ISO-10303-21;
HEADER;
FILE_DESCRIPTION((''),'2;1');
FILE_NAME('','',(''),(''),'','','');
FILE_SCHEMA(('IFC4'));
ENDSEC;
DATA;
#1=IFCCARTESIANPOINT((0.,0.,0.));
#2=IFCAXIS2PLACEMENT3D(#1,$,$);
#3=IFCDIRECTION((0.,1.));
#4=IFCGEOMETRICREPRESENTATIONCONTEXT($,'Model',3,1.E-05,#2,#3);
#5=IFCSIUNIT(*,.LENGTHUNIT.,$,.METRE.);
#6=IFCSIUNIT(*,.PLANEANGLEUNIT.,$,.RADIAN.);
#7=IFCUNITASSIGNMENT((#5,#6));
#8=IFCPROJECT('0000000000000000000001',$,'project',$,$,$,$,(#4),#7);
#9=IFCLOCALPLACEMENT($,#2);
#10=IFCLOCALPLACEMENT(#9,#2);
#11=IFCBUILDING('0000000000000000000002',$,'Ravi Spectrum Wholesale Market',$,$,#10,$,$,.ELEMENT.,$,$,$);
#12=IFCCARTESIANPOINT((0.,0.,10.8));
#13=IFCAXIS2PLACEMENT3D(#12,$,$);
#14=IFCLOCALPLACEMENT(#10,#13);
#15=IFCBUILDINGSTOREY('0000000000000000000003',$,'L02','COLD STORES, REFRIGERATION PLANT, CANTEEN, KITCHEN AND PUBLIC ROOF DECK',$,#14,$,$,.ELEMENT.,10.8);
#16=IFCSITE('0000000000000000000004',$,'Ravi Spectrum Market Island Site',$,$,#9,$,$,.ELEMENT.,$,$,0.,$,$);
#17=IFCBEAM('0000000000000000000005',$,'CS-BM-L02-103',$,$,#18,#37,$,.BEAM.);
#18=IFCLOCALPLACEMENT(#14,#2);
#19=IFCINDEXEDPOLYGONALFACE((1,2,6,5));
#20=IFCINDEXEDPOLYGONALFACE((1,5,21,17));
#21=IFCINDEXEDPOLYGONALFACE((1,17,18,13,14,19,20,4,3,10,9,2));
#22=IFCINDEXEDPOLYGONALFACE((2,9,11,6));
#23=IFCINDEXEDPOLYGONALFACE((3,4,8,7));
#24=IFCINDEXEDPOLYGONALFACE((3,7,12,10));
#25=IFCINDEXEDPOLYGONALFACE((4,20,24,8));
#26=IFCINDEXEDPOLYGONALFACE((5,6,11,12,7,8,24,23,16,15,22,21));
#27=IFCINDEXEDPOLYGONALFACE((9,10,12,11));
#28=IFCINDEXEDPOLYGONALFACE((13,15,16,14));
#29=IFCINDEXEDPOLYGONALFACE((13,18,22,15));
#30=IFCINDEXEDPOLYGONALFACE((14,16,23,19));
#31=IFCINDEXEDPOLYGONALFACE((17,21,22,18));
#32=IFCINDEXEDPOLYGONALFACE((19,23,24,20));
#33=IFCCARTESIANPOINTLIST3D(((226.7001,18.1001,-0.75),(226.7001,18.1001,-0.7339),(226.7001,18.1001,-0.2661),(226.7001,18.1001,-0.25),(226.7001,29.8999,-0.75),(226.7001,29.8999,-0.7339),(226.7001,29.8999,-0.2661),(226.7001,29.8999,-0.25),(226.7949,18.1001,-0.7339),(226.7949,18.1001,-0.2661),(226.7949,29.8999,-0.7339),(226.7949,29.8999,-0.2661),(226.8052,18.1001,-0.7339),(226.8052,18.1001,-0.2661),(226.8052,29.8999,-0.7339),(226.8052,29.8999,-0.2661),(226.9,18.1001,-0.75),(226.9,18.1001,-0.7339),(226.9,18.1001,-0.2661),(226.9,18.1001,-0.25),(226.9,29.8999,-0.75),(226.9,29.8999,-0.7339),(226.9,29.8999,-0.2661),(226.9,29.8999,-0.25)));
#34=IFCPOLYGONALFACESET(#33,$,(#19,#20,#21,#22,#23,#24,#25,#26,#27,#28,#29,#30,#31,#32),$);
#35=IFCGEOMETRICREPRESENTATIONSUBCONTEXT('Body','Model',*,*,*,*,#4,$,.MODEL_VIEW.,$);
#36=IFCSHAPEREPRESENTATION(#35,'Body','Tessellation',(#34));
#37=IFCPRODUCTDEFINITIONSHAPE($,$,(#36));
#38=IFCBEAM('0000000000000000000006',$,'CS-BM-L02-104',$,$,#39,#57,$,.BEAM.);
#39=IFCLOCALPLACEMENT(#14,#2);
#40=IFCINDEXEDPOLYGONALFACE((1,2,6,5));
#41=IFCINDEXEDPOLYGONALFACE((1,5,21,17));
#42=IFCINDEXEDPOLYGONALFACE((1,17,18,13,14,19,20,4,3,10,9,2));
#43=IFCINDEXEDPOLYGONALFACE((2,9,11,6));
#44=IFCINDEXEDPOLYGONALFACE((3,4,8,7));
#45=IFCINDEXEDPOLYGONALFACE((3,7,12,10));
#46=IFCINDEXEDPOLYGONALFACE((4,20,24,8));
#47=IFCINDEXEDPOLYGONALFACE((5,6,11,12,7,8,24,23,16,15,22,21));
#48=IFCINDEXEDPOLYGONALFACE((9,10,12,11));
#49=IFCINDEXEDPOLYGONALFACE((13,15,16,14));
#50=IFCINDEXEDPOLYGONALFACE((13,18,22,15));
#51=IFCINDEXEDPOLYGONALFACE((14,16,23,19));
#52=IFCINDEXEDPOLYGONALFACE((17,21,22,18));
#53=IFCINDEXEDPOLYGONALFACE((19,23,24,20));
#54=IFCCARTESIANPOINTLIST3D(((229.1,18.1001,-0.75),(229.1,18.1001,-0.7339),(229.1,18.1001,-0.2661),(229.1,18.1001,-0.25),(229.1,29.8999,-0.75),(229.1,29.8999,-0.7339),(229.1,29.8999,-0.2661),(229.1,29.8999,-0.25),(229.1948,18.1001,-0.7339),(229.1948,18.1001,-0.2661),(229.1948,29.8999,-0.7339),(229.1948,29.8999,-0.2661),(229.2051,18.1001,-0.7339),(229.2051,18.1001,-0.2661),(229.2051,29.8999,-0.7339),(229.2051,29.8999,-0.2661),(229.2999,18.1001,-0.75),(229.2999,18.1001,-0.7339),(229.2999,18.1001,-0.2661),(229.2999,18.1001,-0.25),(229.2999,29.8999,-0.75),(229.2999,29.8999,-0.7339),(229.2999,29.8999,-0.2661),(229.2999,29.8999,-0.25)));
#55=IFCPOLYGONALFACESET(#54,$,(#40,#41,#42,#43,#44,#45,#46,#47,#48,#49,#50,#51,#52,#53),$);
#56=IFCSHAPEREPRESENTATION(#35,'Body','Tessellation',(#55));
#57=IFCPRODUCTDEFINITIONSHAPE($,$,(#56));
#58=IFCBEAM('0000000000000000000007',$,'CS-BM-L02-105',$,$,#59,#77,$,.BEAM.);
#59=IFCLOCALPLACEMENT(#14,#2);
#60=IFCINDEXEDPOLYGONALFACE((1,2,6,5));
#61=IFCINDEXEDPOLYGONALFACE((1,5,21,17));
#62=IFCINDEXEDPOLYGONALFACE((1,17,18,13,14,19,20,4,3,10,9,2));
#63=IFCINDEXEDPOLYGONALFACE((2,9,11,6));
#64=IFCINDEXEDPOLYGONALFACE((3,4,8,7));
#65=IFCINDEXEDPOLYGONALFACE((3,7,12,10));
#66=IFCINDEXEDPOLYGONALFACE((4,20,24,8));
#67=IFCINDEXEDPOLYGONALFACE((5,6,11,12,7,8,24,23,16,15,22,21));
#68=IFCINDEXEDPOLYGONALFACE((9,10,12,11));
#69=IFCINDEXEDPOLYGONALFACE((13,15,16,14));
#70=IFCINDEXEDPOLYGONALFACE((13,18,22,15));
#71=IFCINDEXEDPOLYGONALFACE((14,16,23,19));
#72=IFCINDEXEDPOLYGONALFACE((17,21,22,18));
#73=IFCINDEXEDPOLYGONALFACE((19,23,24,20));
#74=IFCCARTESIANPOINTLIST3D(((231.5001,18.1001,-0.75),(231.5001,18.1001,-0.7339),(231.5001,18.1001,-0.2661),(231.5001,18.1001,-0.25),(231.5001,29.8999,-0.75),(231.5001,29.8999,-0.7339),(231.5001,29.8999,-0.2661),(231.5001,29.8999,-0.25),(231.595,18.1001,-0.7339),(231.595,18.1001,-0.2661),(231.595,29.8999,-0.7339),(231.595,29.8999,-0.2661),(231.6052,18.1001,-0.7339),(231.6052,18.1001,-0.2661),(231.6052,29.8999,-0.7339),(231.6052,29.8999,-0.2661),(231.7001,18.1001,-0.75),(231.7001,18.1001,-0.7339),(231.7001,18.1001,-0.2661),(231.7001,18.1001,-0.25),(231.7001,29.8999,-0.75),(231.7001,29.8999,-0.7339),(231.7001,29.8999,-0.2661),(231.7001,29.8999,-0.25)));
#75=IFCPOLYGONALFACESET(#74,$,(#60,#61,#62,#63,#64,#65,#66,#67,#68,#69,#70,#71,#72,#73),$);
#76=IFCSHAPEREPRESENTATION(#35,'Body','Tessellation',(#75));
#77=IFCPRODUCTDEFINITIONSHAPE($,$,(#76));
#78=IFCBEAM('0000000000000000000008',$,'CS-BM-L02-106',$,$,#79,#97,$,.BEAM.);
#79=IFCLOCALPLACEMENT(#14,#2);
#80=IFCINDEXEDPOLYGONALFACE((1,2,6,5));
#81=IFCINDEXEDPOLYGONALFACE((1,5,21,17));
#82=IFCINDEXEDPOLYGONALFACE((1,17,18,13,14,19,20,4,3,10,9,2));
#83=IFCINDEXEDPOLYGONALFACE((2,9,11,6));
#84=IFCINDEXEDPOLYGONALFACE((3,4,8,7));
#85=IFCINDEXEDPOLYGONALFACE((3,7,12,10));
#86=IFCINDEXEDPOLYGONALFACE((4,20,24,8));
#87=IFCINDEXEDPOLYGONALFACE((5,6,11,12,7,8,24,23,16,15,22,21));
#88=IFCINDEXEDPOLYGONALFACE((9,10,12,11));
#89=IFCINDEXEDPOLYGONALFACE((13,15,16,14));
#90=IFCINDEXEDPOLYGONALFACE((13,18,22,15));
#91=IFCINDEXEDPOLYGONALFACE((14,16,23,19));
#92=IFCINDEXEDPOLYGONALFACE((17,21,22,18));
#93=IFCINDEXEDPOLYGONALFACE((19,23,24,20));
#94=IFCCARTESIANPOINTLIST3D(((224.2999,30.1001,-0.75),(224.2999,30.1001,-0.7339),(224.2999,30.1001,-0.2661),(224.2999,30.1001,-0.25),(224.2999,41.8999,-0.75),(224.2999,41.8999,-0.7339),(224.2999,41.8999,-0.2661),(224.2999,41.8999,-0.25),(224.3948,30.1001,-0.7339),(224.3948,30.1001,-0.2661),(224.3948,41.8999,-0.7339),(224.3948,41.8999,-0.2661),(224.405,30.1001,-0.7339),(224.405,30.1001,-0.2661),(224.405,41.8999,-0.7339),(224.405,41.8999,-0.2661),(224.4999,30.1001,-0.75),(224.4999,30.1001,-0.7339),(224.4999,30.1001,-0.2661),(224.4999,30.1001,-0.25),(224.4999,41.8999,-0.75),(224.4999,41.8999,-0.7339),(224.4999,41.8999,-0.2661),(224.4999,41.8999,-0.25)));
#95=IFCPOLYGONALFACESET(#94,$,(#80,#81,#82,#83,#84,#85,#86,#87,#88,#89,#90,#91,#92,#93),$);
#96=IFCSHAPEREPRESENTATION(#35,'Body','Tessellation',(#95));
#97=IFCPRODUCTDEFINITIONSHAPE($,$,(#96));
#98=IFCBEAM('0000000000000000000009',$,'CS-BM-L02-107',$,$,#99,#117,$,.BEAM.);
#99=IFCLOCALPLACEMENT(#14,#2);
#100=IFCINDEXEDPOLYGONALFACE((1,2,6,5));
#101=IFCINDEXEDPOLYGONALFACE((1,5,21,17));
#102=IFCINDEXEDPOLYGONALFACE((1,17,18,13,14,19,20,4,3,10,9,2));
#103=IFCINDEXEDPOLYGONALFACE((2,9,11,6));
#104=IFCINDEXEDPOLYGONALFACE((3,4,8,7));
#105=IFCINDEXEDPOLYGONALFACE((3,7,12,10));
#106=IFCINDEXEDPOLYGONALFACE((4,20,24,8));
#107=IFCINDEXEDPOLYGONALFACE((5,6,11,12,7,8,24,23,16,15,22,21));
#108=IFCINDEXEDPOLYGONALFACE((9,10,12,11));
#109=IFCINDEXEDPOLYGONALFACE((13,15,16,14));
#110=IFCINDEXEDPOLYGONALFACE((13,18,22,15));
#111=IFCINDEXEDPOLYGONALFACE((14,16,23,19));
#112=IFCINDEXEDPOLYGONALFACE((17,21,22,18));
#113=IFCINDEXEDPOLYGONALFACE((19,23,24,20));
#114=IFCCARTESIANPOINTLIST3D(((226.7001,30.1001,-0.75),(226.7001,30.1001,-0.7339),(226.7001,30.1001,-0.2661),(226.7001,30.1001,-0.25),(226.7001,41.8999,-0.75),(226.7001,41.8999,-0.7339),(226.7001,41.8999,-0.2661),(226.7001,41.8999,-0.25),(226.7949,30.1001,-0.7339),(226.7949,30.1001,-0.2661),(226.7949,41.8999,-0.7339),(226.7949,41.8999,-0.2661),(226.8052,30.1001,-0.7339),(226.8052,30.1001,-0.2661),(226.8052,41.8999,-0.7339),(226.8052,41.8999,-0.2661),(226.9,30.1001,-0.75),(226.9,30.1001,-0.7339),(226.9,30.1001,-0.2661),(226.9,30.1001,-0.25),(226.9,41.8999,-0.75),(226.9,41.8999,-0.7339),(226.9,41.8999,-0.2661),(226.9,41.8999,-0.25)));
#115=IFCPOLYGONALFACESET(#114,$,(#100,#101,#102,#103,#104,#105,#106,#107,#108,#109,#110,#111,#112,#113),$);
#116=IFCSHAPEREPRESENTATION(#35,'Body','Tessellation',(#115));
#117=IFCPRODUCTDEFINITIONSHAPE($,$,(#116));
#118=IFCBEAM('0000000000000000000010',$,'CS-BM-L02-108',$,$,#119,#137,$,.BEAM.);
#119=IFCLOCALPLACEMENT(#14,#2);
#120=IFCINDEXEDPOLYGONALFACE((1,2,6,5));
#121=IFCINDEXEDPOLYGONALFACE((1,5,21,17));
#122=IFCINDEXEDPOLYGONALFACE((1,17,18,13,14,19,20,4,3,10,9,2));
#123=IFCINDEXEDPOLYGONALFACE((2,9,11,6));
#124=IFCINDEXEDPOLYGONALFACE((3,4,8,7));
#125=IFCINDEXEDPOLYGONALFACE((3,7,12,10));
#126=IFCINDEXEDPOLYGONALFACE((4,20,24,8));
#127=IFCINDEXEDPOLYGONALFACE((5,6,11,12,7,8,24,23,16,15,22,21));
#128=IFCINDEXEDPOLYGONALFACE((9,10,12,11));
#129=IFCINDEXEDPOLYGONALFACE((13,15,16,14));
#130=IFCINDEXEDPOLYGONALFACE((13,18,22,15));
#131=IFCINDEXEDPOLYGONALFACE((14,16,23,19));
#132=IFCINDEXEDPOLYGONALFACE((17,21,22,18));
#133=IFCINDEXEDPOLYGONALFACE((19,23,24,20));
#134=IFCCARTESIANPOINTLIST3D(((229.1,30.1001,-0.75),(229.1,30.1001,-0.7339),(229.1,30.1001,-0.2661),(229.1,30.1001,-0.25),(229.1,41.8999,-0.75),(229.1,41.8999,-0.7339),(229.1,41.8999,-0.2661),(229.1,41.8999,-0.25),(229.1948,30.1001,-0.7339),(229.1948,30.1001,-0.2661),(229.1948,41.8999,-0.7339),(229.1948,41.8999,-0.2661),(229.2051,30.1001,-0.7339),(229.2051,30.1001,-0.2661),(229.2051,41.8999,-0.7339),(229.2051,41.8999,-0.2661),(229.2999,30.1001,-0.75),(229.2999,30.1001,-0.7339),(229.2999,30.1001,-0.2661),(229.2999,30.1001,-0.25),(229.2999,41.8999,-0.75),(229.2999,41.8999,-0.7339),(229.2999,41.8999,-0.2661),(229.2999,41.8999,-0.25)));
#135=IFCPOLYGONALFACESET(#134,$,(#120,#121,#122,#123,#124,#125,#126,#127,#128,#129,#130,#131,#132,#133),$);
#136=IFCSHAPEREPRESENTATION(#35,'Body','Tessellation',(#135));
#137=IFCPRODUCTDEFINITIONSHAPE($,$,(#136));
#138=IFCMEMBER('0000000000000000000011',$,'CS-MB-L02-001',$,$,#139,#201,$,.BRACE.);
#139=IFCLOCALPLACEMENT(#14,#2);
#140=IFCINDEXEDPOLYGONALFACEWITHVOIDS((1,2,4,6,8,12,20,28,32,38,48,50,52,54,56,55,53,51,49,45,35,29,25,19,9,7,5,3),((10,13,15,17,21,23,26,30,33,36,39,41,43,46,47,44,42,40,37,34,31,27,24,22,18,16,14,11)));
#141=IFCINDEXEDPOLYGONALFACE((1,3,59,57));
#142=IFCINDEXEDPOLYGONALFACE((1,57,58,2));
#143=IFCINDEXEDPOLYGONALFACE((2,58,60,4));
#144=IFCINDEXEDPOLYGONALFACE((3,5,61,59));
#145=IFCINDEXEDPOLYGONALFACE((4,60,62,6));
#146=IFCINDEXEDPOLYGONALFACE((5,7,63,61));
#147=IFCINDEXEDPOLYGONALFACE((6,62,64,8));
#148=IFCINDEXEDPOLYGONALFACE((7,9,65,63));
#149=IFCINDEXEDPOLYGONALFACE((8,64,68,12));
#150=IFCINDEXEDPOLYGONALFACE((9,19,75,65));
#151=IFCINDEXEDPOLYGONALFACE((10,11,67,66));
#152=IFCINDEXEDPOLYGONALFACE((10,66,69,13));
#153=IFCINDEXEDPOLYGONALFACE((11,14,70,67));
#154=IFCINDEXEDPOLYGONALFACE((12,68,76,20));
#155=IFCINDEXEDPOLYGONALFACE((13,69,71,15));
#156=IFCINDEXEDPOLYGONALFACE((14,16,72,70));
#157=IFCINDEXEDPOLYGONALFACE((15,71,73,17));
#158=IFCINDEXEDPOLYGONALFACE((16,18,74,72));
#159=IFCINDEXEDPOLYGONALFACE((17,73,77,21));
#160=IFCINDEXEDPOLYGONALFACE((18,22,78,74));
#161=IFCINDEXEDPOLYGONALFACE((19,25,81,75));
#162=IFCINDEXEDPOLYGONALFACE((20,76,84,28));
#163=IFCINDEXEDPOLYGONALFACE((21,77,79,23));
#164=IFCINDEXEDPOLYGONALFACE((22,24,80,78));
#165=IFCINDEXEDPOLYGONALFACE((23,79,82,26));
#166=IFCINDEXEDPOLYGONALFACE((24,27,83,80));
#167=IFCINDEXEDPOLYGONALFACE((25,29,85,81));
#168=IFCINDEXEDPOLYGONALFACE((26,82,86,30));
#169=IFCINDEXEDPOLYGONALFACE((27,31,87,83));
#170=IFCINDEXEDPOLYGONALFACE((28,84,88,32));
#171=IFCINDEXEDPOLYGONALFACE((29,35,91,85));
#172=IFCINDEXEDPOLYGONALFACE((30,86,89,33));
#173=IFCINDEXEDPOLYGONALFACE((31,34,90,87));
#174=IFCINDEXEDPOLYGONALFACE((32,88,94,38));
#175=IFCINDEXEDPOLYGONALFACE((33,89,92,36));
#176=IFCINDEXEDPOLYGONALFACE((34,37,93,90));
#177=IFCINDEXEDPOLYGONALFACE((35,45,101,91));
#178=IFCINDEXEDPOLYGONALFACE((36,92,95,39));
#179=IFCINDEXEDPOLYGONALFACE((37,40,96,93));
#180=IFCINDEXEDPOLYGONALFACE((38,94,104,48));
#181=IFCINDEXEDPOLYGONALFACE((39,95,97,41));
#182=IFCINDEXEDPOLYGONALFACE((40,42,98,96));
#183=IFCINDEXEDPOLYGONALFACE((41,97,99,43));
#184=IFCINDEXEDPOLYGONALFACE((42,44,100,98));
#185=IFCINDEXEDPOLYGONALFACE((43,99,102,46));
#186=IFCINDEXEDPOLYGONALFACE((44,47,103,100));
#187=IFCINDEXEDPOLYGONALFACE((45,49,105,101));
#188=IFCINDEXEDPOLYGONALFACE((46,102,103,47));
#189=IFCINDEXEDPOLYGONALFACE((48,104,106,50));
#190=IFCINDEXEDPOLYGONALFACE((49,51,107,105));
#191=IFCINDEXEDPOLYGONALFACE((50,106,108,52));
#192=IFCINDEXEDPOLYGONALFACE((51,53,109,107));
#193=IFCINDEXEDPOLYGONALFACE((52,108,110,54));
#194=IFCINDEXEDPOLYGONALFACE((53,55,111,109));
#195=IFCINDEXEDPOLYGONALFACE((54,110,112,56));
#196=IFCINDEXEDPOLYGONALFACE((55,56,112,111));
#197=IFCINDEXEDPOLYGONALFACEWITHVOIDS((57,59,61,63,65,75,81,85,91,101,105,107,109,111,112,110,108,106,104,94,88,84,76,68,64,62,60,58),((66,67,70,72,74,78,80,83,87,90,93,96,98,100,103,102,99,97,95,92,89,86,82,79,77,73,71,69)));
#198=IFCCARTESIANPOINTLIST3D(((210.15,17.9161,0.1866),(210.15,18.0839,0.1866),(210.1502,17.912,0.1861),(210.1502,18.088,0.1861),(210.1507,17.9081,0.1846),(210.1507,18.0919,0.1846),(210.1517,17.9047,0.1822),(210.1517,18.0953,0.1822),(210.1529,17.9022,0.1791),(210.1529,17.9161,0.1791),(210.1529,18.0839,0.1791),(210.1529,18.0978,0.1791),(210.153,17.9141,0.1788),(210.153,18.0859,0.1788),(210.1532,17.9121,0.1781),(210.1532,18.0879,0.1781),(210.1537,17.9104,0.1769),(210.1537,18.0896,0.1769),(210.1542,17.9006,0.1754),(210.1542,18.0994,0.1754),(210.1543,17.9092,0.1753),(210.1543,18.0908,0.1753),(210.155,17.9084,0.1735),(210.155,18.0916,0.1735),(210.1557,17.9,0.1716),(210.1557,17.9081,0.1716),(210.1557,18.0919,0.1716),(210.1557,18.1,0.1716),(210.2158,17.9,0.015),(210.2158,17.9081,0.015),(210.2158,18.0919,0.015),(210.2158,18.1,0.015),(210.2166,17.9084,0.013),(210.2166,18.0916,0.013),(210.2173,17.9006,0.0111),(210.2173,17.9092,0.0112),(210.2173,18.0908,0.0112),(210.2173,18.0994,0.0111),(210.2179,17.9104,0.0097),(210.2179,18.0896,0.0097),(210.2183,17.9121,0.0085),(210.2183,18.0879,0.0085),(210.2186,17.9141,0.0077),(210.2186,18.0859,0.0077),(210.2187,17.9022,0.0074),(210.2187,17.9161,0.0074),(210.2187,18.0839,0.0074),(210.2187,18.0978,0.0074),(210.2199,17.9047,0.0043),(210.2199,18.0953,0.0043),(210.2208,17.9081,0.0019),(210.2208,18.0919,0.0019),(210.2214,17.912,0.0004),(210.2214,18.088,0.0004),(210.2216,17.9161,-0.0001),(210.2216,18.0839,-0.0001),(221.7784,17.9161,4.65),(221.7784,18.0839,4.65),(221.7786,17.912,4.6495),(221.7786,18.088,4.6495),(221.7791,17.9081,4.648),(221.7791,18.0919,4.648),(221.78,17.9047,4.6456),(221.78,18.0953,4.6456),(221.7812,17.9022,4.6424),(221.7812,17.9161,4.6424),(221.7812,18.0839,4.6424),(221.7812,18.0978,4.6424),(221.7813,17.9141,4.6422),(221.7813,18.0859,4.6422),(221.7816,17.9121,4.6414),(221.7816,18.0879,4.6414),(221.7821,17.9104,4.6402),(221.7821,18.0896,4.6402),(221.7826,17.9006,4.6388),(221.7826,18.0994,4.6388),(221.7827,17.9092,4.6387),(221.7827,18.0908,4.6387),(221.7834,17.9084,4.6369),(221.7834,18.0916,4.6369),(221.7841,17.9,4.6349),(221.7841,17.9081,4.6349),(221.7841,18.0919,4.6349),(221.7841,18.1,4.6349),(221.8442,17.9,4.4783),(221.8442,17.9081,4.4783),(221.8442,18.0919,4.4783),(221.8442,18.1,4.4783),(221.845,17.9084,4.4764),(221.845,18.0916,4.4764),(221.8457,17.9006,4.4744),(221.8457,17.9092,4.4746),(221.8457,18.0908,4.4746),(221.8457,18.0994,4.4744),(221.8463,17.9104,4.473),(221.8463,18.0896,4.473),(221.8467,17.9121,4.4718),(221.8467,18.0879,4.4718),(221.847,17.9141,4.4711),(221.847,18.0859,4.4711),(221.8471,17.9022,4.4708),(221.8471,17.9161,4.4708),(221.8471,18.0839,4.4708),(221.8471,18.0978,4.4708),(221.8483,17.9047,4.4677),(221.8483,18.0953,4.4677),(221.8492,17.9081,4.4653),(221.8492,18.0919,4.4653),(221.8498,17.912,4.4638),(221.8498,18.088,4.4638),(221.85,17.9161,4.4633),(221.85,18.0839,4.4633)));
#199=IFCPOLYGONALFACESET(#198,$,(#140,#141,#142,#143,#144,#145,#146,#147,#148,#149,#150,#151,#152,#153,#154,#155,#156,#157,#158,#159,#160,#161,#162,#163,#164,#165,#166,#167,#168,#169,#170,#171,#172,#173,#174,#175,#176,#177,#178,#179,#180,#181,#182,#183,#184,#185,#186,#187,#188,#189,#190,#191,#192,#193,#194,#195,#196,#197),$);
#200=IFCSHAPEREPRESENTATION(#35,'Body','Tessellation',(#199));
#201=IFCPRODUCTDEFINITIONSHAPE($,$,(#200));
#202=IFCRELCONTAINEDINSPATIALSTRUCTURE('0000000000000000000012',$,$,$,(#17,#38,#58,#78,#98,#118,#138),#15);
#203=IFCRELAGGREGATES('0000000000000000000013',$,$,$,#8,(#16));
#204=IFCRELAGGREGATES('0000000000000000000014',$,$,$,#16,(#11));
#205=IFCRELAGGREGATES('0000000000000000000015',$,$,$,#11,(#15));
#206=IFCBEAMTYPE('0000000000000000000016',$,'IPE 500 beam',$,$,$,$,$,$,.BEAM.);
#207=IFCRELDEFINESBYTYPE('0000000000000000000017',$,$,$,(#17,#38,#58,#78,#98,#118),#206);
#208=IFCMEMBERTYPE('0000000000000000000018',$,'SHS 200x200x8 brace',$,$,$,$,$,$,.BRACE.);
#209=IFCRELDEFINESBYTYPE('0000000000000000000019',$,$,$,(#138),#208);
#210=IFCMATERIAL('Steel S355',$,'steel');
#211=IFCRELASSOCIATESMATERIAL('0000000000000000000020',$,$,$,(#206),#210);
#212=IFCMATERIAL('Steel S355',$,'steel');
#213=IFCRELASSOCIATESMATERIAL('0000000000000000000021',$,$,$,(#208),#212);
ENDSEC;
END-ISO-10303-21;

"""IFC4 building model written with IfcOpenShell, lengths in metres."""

from ifc_helpers import new_model, si_unit, direction, frame, origin, origin_2d, place, context, subcontext, project, spatial, hollow_rectangle, i_section, extrude, material, material_profile, profile_set, type_object, element, save


model = new_model("IFC4")

# Units and contexts
model_context = context("Model", 3, precision=1e-05, world=origin(), true_north=direction((0.0, 1.0)))
body_context = subcontext(model_context, "Body", "Model", "MODEL_VIEW")
ifc_project = project(units=[si_unit("LENGTHUNIT", "METRE"), si_unit("PLANEANGLEUNIT", "RADIAN")], contexts=[model_context])

# Site, building, storey
site_placement = place(None, origin())
site = spatial("IfcSite", under=ifc_project, at=site_placement, Name="Ravi Spectrum Market Island Site", CompositionType="ELEMENT", RefElevation=0.0)
building_placement = place(site_placement, origin())
building = spatial("IfcBuilding", under=site, at=building_placement, Name="Ravi Spectrum Wholesale Market", CompositionType="ELEMENT")
storey_placement = place(building_placement, frame((0.0, 0.0, 10.8)))
storey = spatial("IfcBuildingStorey", under=building, at=storey_placement, Name="L02", Description="COLD STORES, REFRIGERATION PLANT, CANTEEN, KITCHEN AND PUBLIC ROOF DECK", CompositionType="ELEMENT", Elevation=10.8)

# Beams
ifc_material_1 = material(Name="Steel S355", Category="steel")
ifc_material_profile_1 = material_profile(ifc_material_1, i_section(OverallWidth=0.2, OverallDepth=0.5, WebThickness=0.0103, FlangeThickness=0.0161, at=origin_2d()))
ifc_profile_set_1 = profile_set([ifc_material_profile_1], Name="Steel S355")
beam_type_1 = type_object("IfcBeamType", Name="IPE 500 beam", PredefinedType="BEAM", material=ifc_profile_set_1)
for number, where, z_axis, x_axis, name in (
    (1, (226.8, 18.1001, -0.5), (0.0, 1.0, 0.0), (-1.0, 0.0, 0.0), "CS-BM-L02-103"),
    (2, (229.2, 18.1001, -0.5), (0.0, 1.0, 0.0), (-1.0, 0.0, 0.0), "CS-BM-L02-104"),
    (3, (231.6001, 18.1001, -0.5), (0.0, 1.0, 0.0), (-1.0, 0.0, 0.0), "CS-BM-L02-105"),
    (4, (224.3999, 30.1001, -0.5), (0.0, 1.0, 0.0), (-1.0, 0.0, 0.0), "CS-BM-L02-106"),
    (5, (226.8, 30.1001, -0.5), (0.0, 1.0, 0.0), (-1.0, 0.0, 0.0), "CS-BM-L02-107"),
    (6, (229.2, 30.1001, -0.5), (0.0, 1.0, 0.0), (-1.0, 0.0, 0.0), "CS-BM-L02-108"),
):
    element("IfcBeam", number, at=place(storey_placement, frame(where, z_axis=z_axis, x_axis=x_axis)), inside=storey, type_object=beam_type_1, Name=name, PredefinedType="BEAM", context=body_context, shape_type="SweptSolid", body=[
        extrude(i_section(OverallWidth=0.2, OverallDepth=0.5, WebThickness=0.0103, FlangeThickness=0.0161, at=origin_2d()), origin(), (0.0, 0.0, 1.0), 11.7998),
    ])

# Member
ifc_material_2 = material(Name="Steel S355", Category="steel")
ifc_material_profile_2 = material_profile(ifc_material_2, hollow_rectangle(XDim=0.2, YDim=0.2, WallThickness=0.0081, InnerFilletRadius=0.0081, OuterFilletRadius=0.0161, at=origin_2d()))
ifc_profile_set_2 = profile_set([ifc_material_profile_2], Name="Steel S355")
member_type = type_object("IfcMemberType", Name="SHS 200x200x8 brace", PredefinedType="BRACE", material=ifc_profile_set_2)
for number, where, z_axis, x_axis, name in (
    (7, (210.1858, 18.0, 0.0933), (0.93359, 0.0, 0.358343), (0.0, 1.0, 0.0), "CS-MB-L02-001"),
):
    element("IfcMember", number, at=place(storey_placement, frame(where, z_axis=z_axis, x_axis=x_axis)), inside=storey, type_object=member_type, Name=name, PredefinedType="BRACE", context=body_context, shape_type="SweptSolid", body=[
        extrude(hollow_rectangle(XDim=0.2, YDim=0.2, WallThickness=0.0081, InnerFilletRadius=0.0081, OuterFilletRadius=0.0161, at=origin_2d()), origin(), (0.0, 0.0, 1.0), 12.4556),
    ])

save(model, "model.ifc")
